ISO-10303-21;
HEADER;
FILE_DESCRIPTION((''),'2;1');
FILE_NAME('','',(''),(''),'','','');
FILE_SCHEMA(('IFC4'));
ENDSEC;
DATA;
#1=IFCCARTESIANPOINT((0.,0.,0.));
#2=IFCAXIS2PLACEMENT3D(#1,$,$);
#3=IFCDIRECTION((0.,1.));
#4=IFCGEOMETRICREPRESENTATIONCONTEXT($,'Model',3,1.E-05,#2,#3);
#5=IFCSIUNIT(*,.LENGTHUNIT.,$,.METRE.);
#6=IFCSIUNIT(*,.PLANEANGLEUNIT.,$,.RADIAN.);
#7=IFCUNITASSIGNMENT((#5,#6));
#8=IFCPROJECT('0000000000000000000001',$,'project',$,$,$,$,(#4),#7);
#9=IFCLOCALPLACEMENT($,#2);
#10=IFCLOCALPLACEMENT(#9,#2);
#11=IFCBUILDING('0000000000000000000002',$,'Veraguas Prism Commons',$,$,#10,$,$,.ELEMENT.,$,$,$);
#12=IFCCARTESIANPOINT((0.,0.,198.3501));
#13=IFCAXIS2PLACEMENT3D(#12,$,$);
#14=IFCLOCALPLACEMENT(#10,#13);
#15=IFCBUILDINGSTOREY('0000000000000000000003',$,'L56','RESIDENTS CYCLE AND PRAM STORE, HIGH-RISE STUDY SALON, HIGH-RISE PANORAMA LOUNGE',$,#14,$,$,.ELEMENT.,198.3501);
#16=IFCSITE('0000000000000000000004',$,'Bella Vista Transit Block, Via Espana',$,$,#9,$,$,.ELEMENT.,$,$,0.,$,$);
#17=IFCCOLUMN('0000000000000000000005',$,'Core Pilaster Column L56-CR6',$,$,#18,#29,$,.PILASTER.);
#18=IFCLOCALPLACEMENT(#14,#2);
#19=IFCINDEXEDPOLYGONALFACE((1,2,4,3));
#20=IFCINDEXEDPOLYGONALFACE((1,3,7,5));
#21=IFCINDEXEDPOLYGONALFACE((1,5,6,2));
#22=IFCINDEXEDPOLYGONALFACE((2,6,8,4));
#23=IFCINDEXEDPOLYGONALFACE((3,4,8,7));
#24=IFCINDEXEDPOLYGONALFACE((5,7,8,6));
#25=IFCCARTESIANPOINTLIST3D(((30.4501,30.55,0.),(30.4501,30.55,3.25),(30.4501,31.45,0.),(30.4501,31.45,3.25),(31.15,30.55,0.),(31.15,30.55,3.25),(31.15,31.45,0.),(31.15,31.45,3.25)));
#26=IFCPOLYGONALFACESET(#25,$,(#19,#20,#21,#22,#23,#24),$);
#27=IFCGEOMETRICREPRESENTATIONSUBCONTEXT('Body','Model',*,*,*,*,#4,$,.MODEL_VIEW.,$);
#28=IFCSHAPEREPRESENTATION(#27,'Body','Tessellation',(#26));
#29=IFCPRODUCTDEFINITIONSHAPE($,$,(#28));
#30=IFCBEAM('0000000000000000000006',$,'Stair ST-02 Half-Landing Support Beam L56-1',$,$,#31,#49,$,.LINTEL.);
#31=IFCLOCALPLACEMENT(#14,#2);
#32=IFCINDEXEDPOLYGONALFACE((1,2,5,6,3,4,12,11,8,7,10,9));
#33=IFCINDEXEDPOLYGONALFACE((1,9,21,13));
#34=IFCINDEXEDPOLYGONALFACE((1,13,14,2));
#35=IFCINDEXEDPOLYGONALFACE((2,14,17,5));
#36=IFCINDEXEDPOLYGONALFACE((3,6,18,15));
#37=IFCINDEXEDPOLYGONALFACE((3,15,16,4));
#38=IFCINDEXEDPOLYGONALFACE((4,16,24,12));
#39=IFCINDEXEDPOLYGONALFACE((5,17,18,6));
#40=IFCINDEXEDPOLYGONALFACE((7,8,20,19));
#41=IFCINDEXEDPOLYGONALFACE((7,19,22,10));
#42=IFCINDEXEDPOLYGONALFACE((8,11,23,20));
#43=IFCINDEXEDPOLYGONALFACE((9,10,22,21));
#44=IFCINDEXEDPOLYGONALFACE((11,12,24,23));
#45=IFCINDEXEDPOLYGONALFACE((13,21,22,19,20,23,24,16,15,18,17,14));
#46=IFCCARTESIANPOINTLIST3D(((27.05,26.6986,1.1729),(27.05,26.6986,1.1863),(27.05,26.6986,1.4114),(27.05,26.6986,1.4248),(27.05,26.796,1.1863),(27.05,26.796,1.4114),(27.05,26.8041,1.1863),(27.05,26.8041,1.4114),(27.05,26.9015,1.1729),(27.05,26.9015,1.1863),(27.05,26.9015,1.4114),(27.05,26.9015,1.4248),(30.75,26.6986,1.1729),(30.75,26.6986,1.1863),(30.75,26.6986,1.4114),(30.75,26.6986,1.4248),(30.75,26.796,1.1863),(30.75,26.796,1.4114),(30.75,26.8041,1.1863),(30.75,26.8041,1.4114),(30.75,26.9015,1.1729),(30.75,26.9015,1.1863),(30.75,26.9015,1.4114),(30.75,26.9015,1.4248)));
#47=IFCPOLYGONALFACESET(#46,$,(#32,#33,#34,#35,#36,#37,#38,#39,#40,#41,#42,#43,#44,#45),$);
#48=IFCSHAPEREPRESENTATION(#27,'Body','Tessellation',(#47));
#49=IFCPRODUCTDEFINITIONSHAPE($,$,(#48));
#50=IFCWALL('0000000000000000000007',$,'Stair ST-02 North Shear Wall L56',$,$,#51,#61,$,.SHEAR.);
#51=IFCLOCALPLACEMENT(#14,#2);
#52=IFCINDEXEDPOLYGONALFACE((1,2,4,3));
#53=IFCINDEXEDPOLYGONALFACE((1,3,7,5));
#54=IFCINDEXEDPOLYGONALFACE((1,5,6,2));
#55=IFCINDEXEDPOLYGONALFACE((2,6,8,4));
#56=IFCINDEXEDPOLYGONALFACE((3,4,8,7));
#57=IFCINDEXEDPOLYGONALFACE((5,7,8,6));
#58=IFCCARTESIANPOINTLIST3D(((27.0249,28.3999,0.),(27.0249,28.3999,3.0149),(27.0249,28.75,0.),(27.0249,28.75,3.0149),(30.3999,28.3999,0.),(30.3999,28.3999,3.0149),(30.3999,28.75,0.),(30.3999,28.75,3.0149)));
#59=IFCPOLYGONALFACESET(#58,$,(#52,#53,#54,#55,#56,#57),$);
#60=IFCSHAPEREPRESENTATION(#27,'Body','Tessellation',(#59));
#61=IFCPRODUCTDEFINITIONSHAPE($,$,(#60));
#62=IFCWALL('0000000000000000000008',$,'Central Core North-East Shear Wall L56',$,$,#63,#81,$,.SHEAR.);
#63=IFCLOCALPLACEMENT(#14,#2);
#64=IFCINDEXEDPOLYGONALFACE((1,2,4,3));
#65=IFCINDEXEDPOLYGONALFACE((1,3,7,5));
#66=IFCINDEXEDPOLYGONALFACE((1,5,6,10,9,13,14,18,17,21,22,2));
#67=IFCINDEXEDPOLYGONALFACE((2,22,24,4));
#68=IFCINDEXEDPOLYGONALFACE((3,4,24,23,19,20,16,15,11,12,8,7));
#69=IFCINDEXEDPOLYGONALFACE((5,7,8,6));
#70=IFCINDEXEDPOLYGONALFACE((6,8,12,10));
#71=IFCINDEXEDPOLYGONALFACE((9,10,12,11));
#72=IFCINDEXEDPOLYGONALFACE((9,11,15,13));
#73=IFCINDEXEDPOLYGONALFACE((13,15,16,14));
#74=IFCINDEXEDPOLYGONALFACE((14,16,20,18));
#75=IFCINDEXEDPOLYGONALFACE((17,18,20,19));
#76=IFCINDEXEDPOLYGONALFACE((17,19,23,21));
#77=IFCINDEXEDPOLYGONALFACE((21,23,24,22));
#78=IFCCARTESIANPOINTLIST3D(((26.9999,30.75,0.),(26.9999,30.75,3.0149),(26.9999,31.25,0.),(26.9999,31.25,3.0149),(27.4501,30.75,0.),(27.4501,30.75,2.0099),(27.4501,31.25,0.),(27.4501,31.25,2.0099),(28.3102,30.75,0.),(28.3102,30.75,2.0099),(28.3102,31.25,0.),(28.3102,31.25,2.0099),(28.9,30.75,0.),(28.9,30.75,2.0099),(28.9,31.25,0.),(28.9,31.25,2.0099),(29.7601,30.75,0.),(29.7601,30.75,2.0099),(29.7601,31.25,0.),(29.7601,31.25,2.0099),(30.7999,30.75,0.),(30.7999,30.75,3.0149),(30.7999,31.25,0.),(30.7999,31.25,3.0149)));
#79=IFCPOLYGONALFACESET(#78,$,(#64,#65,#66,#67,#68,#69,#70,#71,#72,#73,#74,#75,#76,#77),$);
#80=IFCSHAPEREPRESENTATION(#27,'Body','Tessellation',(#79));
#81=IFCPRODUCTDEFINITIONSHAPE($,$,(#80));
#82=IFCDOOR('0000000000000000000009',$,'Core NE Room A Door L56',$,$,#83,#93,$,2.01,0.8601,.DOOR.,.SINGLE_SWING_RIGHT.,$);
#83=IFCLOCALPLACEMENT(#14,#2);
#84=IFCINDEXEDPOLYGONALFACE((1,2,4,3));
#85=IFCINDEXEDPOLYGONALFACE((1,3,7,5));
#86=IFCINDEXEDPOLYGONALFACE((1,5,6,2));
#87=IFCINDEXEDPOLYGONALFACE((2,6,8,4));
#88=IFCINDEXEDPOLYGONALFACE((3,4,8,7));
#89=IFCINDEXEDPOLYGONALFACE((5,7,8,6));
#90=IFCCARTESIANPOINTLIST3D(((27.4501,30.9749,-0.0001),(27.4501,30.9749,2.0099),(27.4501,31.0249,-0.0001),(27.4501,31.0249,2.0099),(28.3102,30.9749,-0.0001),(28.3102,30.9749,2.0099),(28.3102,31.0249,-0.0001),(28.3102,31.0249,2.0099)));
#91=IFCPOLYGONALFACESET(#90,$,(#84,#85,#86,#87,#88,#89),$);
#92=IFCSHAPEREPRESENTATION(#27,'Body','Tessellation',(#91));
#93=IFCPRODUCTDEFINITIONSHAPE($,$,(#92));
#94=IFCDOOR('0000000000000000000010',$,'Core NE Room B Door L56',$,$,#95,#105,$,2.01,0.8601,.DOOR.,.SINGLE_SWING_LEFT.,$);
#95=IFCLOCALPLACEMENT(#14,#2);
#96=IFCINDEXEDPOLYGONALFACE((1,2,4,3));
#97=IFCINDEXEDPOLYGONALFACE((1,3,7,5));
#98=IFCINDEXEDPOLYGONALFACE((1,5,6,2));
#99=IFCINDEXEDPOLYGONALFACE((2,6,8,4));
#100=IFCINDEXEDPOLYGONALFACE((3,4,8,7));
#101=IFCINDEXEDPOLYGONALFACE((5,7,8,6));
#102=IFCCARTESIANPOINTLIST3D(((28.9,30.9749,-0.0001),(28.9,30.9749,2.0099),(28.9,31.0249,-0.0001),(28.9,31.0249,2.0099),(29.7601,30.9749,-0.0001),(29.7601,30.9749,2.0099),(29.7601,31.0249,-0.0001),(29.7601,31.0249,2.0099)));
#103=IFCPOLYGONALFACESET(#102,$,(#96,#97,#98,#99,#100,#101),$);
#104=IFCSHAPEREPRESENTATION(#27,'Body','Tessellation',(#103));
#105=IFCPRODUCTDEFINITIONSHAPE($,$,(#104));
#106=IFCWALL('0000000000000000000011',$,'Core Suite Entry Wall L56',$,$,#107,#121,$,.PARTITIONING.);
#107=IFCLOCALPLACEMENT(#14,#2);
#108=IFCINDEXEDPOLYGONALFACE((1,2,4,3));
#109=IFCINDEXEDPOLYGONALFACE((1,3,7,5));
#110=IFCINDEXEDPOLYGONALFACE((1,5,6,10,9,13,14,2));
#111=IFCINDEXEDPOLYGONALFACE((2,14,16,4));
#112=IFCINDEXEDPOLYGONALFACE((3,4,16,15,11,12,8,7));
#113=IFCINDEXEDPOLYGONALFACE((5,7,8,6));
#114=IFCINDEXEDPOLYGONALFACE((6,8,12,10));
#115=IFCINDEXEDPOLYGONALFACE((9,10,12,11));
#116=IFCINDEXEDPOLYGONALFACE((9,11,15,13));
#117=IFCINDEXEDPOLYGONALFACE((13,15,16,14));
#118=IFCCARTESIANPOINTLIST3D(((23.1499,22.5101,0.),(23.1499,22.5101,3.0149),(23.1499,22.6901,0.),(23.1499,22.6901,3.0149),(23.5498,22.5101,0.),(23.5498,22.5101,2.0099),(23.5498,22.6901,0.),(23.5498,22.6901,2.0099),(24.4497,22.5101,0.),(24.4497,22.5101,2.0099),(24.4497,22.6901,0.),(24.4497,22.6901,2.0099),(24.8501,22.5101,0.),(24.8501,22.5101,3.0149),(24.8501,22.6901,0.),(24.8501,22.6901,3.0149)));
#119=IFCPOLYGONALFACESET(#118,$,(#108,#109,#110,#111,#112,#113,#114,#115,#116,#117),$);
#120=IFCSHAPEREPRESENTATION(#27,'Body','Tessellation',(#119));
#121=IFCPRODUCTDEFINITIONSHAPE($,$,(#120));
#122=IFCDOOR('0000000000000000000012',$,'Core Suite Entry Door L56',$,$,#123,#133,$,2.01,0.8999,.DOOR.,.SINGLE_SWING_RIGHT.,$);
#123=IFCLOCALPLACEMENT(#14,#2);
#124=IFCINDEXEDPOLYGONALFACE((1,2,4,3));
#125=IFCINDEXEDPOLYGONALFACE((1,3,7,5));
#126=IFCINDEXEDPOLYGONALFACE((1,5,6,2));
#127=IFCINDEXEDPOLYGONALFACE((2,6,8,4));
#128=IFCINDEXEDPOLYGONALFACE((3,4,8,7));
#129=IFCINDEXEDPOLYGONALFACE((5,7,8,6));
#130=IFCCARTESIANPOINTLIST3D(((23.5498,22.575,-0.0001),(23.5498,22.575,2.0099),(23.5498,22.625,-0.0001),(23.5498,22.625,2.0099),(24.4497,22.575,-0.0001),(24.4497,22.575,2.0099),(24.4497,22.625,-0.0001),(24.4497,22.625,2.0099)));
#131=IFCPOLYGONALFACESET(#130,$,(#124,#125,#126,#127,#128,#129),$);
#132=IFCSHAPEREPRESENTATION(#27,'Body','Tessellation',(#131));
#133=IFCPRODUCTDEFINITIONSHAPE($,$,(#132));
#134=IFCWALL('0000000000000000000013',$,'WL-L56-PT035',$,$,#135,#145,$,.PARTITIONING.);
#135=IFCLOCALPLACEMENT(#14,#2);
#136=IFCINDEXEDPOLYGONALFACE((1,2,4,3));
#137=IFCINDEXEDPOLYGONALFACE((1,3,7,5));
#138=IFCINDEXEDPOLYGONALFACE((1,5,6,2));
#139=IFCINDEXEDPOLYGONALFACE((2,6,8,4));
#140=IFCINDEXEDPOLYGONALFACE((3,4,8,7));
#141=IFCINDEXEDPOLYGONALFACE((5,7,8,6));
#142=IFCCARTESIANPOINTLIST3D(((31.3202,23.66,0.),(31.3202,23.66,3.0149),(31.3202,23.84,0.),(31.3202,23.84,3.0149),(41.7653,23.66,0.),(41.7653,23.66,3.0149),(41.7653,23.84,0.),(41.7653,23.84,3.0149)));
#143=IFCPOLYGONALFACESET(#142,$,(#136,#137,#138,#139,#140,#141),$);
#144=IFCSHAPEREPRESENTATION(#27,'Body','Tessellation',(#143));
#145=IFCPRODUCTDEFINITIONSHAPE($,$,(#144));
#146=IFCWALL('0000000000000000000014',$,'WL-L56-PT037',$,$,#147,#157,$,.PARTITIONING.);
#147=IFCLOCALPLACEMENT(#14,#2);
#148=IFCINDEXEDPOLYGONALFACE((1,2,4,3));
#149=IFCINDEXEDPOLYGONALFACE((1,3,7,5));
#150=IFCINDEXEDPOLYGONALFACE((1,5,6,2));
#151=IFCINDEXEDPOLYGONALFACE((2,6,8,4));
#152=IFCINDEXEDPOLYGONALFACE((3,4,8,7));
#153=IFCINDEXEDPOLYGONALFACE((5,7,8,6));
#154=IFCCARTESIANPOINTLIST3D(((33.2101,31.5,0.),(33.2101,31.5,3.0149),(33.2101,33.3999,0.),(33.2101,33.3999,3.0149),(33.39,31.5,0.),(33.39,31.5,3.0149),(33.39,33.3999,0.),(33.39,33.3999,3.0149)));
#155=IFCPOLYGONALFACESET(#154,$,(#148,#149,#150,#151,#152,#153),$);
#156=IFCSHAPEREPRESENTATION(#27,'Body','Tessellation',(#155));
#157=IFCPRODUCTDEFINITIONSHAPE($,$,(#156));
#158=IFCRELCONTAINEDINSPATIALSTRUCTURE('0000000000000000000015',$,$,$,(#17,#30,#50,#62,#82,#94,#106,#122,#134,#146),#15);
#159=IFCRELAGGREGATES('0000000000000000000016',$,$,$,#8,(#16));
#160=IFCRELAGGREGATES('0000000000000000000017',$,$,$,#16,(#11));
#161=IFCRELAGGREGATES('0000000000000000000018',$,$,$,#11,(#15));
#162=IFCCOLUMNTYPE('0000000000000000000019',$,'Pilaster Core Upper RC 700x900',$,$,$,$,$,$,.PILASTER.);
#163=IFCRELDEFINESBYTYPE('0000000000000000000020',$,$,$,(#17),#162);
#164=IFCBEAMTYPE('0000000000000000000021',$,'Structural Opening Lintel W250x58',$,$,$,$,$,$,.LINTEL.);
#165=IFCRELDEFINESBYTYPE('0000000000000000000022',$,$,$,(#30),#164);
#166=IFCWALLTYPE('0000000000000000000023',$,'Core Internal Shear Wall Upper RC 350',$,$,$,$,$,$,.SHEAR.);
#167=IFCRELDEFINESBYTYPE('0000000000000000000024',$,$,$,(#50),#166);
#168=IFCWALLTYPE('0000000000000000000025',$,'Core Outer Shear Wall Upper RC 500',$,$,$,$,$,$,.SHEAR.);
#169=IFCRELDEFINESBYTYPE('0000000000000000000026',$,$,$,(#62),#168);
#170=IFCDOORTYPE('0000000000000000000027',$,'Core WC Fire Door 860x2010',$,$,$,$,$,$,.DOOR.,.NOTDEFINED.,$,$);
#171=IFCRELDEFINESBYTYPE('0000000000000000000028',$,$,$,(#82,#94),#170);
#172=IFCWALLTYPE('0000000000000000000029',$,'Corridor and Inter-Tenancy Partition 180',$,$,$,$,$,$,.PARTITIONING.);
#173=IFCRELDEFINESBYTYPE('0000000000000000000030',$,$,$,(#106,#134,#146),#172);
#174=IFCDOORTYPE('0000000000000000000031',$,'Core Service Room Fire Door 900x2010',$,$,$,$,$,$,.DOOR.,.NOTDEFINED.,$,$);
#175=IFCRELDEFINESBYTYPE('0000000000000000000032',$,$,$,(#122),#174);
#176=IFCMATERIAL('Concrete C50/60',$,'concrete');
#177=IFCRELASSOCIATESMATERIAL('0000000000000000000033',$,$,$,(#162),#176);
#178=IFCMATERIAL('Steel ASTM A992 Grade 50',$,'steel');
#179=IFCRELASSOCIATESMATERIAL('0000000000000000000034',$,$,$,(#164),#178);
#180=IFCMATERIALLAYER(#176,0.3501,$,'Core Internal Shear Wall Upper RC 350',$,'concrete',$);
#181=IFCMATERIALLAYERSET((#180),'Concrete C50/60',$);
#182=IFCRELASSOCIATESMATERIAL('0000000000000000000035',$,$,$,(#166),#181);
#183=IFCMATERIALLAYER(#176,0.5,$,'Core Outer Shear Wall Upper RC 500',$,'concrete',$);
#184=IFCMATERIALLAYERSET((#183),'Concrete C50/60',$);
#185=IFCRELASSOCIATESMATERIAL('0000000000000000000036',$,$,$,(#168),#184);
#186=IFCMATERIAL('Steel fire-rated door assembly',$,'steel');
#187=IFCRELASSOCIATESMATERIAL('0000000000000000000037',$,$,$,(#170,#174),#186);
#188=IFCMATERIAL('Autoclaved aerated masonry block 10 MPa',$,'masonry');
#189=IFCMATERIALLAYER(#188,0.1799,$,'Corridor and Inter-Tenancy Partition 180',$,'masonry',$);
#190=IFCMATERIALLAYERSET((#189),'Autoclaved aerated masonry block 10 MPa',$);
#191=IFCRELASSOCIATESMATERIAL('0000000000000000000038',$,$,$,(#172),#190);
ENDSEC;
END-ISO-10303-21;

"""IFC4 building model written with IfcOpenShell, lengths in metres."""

from ifc_helpers import new_model, si_unit, direction, frame, frame_2d, origin, origin_2d, place, context, subcontext, project, spatial, rectangle, i_section, extrude, source, transform, mapped, material, layer, layer_set, material_profile, profile_set, type_object, element, fill, save


model = new_model("IFC4")

# Units and contexts
model_context = context("Model", 3, precision=1e-05, world=origin(), true_north=direction((0.0, 1.0)))
body_context = subcontext(model_context, "Body", "Model", "MODEL_VIEW")
ifc_project = project(units=[si_unit("LENGTHUNIT", "METRE"), si_unit("PLANEANGLEUNIT", "RADIAN")], contexts=[model_context])

# Site, building, storey
site_placement = place(None, origin())
site = spatial("IfcSite", under=ifc_project, at=site_placement, Name="Bella Vista Transit Block, Via Espana", CompositionType="ELEMENT", RefElevation=0.0)
building_placement = place(site_placement, origin())
building = spatial("IfcBuilding", under=site, at=building_placement, Name="Veraguas Prism Commons", CompositionType="ELEMENT")
storey_placement = place(building_placement, frame((0.0, 0.0, 198.3501)))
storey = spatial("IfcBuildingStorey", under=building, at=storey_placement, Name="L56", Description="RESIDENTS CYCLE AND PRAM STORE, HIGH-RISE STUDY SALON, HIGH-RISE PANORAMA LOUNGE", CompositionType="ELEMENT", Elevation=198.3501)

# Column
ifc_material_1 = material(Name="Concrete C50/60", Category="concrete")
ifc_material_profile_1 = material_profile(ifc_material_1, rectangle(XDim=0.7, YDim=0.8999, at=origin_2d()), Name="RC700X900")
ifc_profile_set_1 = profile_set([ifc_material_profile_1], Name="Concrete C50/60")
column_type = type_object("IfcColumnType", Name="Pilaster Core Upper RC 700x900", PredefinedType="PILASTER", material=ifc_profile_set_1)
column_placement = place(storey_placement, frame((30.8, 31.0, 0.0), z_axis=(0.0, 0.0, 1.0), x_axis=(1.0, 0.0, 0.0)))
element("IfcColumn", 1, at=column_placement, inside=storey, type_object=column_type, Name="Core Pilaster Column L56-CR6", PredefinedType="PILASTER", context=body_context, shape_type="SweptSolid", body=[
    extrude(rectangle(XDim=0.7, YDim=0.8999, at=origin_2d()), origin(), (0.0, 0.0, 1.0), 3.25),
])

# Beam
ifc_material_2 = material(Name="Steel ASTM A992 Grade 50", Category="steel")
ifc_material_profile_2 = material_profile(ifc_material_2, i_section(OverallWidth=0.2029, OverallDepth=0.252, WebThickness=0.0081, FlangeThickness=0.0134, at=origin_2d()), Name="W250X58")
ifc_profile_set_2 = profile_set([ifc_material_profile_2], Name="Steel ASTM A992 Grade 50")
beam_type = type_object("IfcBeamType", Name="Structural Opening Lintel W250x58", PredefinedType="LINTEL", material=ifc_profile_set_2)
beam_placement = place(storey_placement, frame((27.05, 26.8, 1.2988), z_axis=(1.0, 0.0, 0.0), x_axis=(0.0, 1.0, 0.0)))
element("IfcBeam", 2, at=beam_placement, inside=storey, type_object=beam_type, Name="Stair ST-02 Half-Landing Support Beam L56-1", PredefinedType="LINTEL", context=body_context, shape_type="SweptSolid", body=[
    extrude(i_section(OverallWidth=0.2029, OverallDepth=0.252, WebThickness=0.0081, FlangeThickness=0.0134, at=origin_2d()), origin(), (0.0, 0.0, 1.0), 3.7),
])

# Wall
ifc_layer_1 = layer(ifc_material_1, 0.3501, Name="Core Internal Shear Wall Upper RC 350", Category="concrete")
ifc_layer_set_1 = layer_set([ifc_layer_1], Name="Concrete C50/60")
wall_type_1 = type_object("IfcWallType", Name="Core Internal Shear Wall Upper RC 350", PredefinedType="SHEAR", material=ifc_layer_set_1)
wall_1_placement = place(storey_placement, frame((27.0249, 28.575, 0.0), z_axis=(0.0, 0.0, 1.0), x_axis=(1.0, 0.0, 0.0)))
element("IfcWall", 3, at=wall_1_placement, inside=storey, type_object=wall_type_1, Name="Stair ST-02 North Shear Wall L56", PredefinedType="SHEAR", context=body_context, shape_type="SweptSolid", body=[
    extrude(rectangle(XDim=3.375, YDim=0.3501, at=frame_2d((1.6875, 0.0))), origin(), (0.0, 0.0, 1.0), 3.0149),
])

# Wall, openings, doors
ifc_layer_2 = layer(ifc_material_1, 0.5, Name="Core Outer Shear Wall Upper RC 500", Category="concrete")
ifc_layer_set_2 = layer_set([ifc_layer_2], Name="Concrete C50/60")
wall_type_2 = type_object("IfcWallType", Name="Core Outer Shear Wall Upper RC 500", PredefinedType="SHEAR", material=ifc_layer_set_2)
wall_2_placement = place(storey_placement, frame((27.0, 31.0, 0.0), z_axis=(0.0, 0.0, 1.0), x_axis=(1.0, 0.0, 0.0)))
wall_2 = element("IfcWall", 4, at=wall_2_placement, inside=storey, type_object=wall_type_2, Name="Central Core North-East Shear Wall L56", PredefinedType="SHEAR", context=body_context, shape_type="SweptSolid", body=[
    extrude(rectangle(XDim=3.8, YDim=0.5, at=frame_2d((1.8999, 0.0))), origin(), (0.0, 0.0, 1.0), 3.0149),
])
opening_1_placement = place(wall_2_placement, frame((0.45, 0.0, 0.0)))
opening_1 = element("IfcOpeningElement", 5, at=opening_1_placement, cuts=wall_2, PredefinedType="OPENING", context=body_context, shape_type="SweptSolid", body=[
    extrude(rectangle(XDim=0.8601, YDim=2.01, at=frame_2d((0.4302, 1.0049))), frame((0.0, 0.26, 0.0), z_axis=(0.0, -1.0, 0.0), x_axis=(1.0, 0.0, 0.0)), (0.0, 0.0, 1.0), 0.52),
])
opening_2_placement = place(wall_2_placement, frame((1.8999, 0.0, 0.0)))
opening_2 = element("IfcOpeningElement", 6, at=opening_2_placement, cuts=wall_2, PredefinedType="OPENING", context=body_context, shape_type="SweptSolid", body=[
    extrude(rectangle(XDim=0.8601, YDim=2.01, at=frame_2d((0.4302, 1.0049))), frame((0.0, 0.26, 0.0), z_axis=(0.0, -1.0, 0.0), x_axis=(1.0, 0.0, 0.0)), (0.0, 0.0, 1.0), 0.52),
])
ifc_material_3 = material(Name="Steel fire-rated door assembly", Category="steel")
door_type_1 = type_object("IfcDoorType", Name="Core WC Fire Door 860x2010", OperationType="NOTDEFINED", PredefinedType="DOOR", material=ifc_material_3)
shared_shape_1 = source(origin(), body_context, "Body", "SweptSolid", [
    extrude(rectangle(XDim=0.8601, YDim=2.01, at=frame_2d((0.4302, 1.0049))), frame((0.0, 0.0249, 0.0), z_axis=(0.0, -1.0, 0.0), x_axis=(1.0, 0.0, 0.0)), (0.0, 0.0, 1.0), 0.05),
])
door_1_placement = place(opening_1_placement, origin())
door_1 = element("IfcDoor", 7, at=door_1_placement, inside=storey, type_object=door_type_1, Name="Core NE Room A Door L56", OperationType="SINGLE_SWING_RIGHT", OverallHeight=2.01, OverallWidth=0.8601, PredefinedType="DOOR", context=body_context, shape_type="MappedRepresentation", body=[
    mapped(shared_shape_1, transform((0.0, 0.0, 0.0), scale=1.0)),
])
fill(opening_1, door_1)
door_2_placement = place(opening_2_placement, origin())
door_2 = element("IfcDoor", 8, at=door_2_placement, inside=storey, type_object=door_type_1, Name="Core NE Room B Door L56", OperationType="SINGLE_SWING_LEFT", OverallHeight=2.01, OverallWidth=0.8601, PredefinedType="DOOR", context=body_context, shape_type="MappedRepresentation", body=[
    mapped(shared_shape_1, transform((0.0, 0.0, 0.0), scale=1.0)),
])
fill(opening_2, door_2)

# Wall, opening, door
ifc_material_4 = material(Name="Autoclaved aerated masonry block 10 MPa", Category="masonry")
ifc_layer_3 = layer(ifc_material_4, 0.1799, Name="Corridor and Inter-Tenancy Partition 180", Category="masonry")
ifc_layer_set_3 = layer_set([ifc_layer_3], Name="Autoclaved aerated masonry block 10 MPa")
wall_type_3 = type_object("IfcWallType", Name="Corridor and Inter-Tenancy Partition 180", PredefinedType="PARTITIONING", material=ifc_layer_set_3)
wall_3_placement = place(storey_placement, frame((23.1499, 22.6001, 0.0), z_axis=(0.0, 0.0, 1.0), x_axis=(1.0, 0.0, 0.0)))
wall_3 = element("IfcWall", 9, at=wall_3_placement, inside=storey, type_object=wall_type_3, Name="Core Suite Entry Wall L56", PredefinedType="PARTITIONING", context=body_context, shape_type="SweptSolid", body=[
    extrude(rectangle(XDim=1.7002, YDim=0.1799, at=frame_2d((0.8501, 0.0))), origin(), (0.0, 0.0, 1.0), 3.0149),
])
opening_3_placement = place(wall_3_placement, frame((0.3999, 0.0, 0.0)))
opening_3 = element("IfcOpeningElement", 10, at=opening_3_placement, cuts=wall_3, PredefinedType="OPENING", context=body_context, shape_type="SweptSolid", body=[
    extrude(rectangle(XDim=0.8999, YDim=2.01, at=frame_2d((0.45, 1.0049))), frame((0.0, 0.0999, 0.0), z_axis=(0.0, -1.0, 0.0), x_axis=(1.0, 0.0, 0.0)), (0.0, 0.0, 1.0), 0.2),
])
door_type_2 = type_object("IfcDoorType", Name="Core Service Room Fire Door 900x2010", OperationType="NOTDEFINED", PredefinedType="DOOR", material=ifc_material_3)
shared_shape_2 = source(origin(), body_context, "Body", "SweptSolid", [
    extrude(rectangle(XDim=0.8999, YDim=2.01, at=frame_2d((0.45, 1.0049))), frame((0.0, 0.0249, 0.0), z_axis=(0.0, -1.0, 0.0), x_axis=(1.0, 0.0, 0.0)), (0.0, 0.0, 1.0), 0.05),
])
door_3_placement = place(opening_3_placement, origin())
door_3 = element("IfcDoor", 11, at=door_3_placement, inside=storey, type_object=door_type_2, Name="Core Suite Entry Door L56", OperationType="SINGLE_SWING_RIGHT", OverallHeight=2.01, OverallWidth=0.8999, PredefinedType="DOOR", context=body_context, shape_type="MappedRepresentation", body=[
    mapped(shared_shape_2, transform((0.0, 0.0, 0.0), scale=1.0)),
])
fill(opening_3, door_3)

# Walls
wall_4_placement = place(storey_placement, frame((31.3201, 23.75, 0.0), z_axis=(0.0, 0.0, 1.0), x_axis=(1.0, 0.0, 0.0)))
element("IfcWall", 12, at=wall_4_placement, inside=storey, type_object=wall_type_3, Name="WL-L56-PT035", PredefinedType="PARTITIONING", context=body_context, shape_type="SweptSolid", body=[
    extrude(rectangle(XDim=10.4451, YDim=0.1799, at=frame_2d((5.2227, 0.0))), origin(), (0.0, 0.0, 1.0), 3.0149),
])
wall_5_placement = place(storey_placement, frame((33.3, 31.5, 0.0), z_axis=(0.0, 0.0, 1.0), x_axis=(0.0, 1.0, 0.0)))
element("IfcWall", 13, at=wall_5_placement, inside=storey, type_object=wall_type_3, Name="WL-L56-PT037", PredefinedType="PARTITIONING", context=body_context, shape_type="SweptSolid", body=[
    extrude(rectangle(XDim=1.8999, YDim=0.1799, at=frame_2d((0.95, 0.0))), origin(), (0.0, 0.0, 1.0), 3.0149),
])

save(model, "model.ifc")
